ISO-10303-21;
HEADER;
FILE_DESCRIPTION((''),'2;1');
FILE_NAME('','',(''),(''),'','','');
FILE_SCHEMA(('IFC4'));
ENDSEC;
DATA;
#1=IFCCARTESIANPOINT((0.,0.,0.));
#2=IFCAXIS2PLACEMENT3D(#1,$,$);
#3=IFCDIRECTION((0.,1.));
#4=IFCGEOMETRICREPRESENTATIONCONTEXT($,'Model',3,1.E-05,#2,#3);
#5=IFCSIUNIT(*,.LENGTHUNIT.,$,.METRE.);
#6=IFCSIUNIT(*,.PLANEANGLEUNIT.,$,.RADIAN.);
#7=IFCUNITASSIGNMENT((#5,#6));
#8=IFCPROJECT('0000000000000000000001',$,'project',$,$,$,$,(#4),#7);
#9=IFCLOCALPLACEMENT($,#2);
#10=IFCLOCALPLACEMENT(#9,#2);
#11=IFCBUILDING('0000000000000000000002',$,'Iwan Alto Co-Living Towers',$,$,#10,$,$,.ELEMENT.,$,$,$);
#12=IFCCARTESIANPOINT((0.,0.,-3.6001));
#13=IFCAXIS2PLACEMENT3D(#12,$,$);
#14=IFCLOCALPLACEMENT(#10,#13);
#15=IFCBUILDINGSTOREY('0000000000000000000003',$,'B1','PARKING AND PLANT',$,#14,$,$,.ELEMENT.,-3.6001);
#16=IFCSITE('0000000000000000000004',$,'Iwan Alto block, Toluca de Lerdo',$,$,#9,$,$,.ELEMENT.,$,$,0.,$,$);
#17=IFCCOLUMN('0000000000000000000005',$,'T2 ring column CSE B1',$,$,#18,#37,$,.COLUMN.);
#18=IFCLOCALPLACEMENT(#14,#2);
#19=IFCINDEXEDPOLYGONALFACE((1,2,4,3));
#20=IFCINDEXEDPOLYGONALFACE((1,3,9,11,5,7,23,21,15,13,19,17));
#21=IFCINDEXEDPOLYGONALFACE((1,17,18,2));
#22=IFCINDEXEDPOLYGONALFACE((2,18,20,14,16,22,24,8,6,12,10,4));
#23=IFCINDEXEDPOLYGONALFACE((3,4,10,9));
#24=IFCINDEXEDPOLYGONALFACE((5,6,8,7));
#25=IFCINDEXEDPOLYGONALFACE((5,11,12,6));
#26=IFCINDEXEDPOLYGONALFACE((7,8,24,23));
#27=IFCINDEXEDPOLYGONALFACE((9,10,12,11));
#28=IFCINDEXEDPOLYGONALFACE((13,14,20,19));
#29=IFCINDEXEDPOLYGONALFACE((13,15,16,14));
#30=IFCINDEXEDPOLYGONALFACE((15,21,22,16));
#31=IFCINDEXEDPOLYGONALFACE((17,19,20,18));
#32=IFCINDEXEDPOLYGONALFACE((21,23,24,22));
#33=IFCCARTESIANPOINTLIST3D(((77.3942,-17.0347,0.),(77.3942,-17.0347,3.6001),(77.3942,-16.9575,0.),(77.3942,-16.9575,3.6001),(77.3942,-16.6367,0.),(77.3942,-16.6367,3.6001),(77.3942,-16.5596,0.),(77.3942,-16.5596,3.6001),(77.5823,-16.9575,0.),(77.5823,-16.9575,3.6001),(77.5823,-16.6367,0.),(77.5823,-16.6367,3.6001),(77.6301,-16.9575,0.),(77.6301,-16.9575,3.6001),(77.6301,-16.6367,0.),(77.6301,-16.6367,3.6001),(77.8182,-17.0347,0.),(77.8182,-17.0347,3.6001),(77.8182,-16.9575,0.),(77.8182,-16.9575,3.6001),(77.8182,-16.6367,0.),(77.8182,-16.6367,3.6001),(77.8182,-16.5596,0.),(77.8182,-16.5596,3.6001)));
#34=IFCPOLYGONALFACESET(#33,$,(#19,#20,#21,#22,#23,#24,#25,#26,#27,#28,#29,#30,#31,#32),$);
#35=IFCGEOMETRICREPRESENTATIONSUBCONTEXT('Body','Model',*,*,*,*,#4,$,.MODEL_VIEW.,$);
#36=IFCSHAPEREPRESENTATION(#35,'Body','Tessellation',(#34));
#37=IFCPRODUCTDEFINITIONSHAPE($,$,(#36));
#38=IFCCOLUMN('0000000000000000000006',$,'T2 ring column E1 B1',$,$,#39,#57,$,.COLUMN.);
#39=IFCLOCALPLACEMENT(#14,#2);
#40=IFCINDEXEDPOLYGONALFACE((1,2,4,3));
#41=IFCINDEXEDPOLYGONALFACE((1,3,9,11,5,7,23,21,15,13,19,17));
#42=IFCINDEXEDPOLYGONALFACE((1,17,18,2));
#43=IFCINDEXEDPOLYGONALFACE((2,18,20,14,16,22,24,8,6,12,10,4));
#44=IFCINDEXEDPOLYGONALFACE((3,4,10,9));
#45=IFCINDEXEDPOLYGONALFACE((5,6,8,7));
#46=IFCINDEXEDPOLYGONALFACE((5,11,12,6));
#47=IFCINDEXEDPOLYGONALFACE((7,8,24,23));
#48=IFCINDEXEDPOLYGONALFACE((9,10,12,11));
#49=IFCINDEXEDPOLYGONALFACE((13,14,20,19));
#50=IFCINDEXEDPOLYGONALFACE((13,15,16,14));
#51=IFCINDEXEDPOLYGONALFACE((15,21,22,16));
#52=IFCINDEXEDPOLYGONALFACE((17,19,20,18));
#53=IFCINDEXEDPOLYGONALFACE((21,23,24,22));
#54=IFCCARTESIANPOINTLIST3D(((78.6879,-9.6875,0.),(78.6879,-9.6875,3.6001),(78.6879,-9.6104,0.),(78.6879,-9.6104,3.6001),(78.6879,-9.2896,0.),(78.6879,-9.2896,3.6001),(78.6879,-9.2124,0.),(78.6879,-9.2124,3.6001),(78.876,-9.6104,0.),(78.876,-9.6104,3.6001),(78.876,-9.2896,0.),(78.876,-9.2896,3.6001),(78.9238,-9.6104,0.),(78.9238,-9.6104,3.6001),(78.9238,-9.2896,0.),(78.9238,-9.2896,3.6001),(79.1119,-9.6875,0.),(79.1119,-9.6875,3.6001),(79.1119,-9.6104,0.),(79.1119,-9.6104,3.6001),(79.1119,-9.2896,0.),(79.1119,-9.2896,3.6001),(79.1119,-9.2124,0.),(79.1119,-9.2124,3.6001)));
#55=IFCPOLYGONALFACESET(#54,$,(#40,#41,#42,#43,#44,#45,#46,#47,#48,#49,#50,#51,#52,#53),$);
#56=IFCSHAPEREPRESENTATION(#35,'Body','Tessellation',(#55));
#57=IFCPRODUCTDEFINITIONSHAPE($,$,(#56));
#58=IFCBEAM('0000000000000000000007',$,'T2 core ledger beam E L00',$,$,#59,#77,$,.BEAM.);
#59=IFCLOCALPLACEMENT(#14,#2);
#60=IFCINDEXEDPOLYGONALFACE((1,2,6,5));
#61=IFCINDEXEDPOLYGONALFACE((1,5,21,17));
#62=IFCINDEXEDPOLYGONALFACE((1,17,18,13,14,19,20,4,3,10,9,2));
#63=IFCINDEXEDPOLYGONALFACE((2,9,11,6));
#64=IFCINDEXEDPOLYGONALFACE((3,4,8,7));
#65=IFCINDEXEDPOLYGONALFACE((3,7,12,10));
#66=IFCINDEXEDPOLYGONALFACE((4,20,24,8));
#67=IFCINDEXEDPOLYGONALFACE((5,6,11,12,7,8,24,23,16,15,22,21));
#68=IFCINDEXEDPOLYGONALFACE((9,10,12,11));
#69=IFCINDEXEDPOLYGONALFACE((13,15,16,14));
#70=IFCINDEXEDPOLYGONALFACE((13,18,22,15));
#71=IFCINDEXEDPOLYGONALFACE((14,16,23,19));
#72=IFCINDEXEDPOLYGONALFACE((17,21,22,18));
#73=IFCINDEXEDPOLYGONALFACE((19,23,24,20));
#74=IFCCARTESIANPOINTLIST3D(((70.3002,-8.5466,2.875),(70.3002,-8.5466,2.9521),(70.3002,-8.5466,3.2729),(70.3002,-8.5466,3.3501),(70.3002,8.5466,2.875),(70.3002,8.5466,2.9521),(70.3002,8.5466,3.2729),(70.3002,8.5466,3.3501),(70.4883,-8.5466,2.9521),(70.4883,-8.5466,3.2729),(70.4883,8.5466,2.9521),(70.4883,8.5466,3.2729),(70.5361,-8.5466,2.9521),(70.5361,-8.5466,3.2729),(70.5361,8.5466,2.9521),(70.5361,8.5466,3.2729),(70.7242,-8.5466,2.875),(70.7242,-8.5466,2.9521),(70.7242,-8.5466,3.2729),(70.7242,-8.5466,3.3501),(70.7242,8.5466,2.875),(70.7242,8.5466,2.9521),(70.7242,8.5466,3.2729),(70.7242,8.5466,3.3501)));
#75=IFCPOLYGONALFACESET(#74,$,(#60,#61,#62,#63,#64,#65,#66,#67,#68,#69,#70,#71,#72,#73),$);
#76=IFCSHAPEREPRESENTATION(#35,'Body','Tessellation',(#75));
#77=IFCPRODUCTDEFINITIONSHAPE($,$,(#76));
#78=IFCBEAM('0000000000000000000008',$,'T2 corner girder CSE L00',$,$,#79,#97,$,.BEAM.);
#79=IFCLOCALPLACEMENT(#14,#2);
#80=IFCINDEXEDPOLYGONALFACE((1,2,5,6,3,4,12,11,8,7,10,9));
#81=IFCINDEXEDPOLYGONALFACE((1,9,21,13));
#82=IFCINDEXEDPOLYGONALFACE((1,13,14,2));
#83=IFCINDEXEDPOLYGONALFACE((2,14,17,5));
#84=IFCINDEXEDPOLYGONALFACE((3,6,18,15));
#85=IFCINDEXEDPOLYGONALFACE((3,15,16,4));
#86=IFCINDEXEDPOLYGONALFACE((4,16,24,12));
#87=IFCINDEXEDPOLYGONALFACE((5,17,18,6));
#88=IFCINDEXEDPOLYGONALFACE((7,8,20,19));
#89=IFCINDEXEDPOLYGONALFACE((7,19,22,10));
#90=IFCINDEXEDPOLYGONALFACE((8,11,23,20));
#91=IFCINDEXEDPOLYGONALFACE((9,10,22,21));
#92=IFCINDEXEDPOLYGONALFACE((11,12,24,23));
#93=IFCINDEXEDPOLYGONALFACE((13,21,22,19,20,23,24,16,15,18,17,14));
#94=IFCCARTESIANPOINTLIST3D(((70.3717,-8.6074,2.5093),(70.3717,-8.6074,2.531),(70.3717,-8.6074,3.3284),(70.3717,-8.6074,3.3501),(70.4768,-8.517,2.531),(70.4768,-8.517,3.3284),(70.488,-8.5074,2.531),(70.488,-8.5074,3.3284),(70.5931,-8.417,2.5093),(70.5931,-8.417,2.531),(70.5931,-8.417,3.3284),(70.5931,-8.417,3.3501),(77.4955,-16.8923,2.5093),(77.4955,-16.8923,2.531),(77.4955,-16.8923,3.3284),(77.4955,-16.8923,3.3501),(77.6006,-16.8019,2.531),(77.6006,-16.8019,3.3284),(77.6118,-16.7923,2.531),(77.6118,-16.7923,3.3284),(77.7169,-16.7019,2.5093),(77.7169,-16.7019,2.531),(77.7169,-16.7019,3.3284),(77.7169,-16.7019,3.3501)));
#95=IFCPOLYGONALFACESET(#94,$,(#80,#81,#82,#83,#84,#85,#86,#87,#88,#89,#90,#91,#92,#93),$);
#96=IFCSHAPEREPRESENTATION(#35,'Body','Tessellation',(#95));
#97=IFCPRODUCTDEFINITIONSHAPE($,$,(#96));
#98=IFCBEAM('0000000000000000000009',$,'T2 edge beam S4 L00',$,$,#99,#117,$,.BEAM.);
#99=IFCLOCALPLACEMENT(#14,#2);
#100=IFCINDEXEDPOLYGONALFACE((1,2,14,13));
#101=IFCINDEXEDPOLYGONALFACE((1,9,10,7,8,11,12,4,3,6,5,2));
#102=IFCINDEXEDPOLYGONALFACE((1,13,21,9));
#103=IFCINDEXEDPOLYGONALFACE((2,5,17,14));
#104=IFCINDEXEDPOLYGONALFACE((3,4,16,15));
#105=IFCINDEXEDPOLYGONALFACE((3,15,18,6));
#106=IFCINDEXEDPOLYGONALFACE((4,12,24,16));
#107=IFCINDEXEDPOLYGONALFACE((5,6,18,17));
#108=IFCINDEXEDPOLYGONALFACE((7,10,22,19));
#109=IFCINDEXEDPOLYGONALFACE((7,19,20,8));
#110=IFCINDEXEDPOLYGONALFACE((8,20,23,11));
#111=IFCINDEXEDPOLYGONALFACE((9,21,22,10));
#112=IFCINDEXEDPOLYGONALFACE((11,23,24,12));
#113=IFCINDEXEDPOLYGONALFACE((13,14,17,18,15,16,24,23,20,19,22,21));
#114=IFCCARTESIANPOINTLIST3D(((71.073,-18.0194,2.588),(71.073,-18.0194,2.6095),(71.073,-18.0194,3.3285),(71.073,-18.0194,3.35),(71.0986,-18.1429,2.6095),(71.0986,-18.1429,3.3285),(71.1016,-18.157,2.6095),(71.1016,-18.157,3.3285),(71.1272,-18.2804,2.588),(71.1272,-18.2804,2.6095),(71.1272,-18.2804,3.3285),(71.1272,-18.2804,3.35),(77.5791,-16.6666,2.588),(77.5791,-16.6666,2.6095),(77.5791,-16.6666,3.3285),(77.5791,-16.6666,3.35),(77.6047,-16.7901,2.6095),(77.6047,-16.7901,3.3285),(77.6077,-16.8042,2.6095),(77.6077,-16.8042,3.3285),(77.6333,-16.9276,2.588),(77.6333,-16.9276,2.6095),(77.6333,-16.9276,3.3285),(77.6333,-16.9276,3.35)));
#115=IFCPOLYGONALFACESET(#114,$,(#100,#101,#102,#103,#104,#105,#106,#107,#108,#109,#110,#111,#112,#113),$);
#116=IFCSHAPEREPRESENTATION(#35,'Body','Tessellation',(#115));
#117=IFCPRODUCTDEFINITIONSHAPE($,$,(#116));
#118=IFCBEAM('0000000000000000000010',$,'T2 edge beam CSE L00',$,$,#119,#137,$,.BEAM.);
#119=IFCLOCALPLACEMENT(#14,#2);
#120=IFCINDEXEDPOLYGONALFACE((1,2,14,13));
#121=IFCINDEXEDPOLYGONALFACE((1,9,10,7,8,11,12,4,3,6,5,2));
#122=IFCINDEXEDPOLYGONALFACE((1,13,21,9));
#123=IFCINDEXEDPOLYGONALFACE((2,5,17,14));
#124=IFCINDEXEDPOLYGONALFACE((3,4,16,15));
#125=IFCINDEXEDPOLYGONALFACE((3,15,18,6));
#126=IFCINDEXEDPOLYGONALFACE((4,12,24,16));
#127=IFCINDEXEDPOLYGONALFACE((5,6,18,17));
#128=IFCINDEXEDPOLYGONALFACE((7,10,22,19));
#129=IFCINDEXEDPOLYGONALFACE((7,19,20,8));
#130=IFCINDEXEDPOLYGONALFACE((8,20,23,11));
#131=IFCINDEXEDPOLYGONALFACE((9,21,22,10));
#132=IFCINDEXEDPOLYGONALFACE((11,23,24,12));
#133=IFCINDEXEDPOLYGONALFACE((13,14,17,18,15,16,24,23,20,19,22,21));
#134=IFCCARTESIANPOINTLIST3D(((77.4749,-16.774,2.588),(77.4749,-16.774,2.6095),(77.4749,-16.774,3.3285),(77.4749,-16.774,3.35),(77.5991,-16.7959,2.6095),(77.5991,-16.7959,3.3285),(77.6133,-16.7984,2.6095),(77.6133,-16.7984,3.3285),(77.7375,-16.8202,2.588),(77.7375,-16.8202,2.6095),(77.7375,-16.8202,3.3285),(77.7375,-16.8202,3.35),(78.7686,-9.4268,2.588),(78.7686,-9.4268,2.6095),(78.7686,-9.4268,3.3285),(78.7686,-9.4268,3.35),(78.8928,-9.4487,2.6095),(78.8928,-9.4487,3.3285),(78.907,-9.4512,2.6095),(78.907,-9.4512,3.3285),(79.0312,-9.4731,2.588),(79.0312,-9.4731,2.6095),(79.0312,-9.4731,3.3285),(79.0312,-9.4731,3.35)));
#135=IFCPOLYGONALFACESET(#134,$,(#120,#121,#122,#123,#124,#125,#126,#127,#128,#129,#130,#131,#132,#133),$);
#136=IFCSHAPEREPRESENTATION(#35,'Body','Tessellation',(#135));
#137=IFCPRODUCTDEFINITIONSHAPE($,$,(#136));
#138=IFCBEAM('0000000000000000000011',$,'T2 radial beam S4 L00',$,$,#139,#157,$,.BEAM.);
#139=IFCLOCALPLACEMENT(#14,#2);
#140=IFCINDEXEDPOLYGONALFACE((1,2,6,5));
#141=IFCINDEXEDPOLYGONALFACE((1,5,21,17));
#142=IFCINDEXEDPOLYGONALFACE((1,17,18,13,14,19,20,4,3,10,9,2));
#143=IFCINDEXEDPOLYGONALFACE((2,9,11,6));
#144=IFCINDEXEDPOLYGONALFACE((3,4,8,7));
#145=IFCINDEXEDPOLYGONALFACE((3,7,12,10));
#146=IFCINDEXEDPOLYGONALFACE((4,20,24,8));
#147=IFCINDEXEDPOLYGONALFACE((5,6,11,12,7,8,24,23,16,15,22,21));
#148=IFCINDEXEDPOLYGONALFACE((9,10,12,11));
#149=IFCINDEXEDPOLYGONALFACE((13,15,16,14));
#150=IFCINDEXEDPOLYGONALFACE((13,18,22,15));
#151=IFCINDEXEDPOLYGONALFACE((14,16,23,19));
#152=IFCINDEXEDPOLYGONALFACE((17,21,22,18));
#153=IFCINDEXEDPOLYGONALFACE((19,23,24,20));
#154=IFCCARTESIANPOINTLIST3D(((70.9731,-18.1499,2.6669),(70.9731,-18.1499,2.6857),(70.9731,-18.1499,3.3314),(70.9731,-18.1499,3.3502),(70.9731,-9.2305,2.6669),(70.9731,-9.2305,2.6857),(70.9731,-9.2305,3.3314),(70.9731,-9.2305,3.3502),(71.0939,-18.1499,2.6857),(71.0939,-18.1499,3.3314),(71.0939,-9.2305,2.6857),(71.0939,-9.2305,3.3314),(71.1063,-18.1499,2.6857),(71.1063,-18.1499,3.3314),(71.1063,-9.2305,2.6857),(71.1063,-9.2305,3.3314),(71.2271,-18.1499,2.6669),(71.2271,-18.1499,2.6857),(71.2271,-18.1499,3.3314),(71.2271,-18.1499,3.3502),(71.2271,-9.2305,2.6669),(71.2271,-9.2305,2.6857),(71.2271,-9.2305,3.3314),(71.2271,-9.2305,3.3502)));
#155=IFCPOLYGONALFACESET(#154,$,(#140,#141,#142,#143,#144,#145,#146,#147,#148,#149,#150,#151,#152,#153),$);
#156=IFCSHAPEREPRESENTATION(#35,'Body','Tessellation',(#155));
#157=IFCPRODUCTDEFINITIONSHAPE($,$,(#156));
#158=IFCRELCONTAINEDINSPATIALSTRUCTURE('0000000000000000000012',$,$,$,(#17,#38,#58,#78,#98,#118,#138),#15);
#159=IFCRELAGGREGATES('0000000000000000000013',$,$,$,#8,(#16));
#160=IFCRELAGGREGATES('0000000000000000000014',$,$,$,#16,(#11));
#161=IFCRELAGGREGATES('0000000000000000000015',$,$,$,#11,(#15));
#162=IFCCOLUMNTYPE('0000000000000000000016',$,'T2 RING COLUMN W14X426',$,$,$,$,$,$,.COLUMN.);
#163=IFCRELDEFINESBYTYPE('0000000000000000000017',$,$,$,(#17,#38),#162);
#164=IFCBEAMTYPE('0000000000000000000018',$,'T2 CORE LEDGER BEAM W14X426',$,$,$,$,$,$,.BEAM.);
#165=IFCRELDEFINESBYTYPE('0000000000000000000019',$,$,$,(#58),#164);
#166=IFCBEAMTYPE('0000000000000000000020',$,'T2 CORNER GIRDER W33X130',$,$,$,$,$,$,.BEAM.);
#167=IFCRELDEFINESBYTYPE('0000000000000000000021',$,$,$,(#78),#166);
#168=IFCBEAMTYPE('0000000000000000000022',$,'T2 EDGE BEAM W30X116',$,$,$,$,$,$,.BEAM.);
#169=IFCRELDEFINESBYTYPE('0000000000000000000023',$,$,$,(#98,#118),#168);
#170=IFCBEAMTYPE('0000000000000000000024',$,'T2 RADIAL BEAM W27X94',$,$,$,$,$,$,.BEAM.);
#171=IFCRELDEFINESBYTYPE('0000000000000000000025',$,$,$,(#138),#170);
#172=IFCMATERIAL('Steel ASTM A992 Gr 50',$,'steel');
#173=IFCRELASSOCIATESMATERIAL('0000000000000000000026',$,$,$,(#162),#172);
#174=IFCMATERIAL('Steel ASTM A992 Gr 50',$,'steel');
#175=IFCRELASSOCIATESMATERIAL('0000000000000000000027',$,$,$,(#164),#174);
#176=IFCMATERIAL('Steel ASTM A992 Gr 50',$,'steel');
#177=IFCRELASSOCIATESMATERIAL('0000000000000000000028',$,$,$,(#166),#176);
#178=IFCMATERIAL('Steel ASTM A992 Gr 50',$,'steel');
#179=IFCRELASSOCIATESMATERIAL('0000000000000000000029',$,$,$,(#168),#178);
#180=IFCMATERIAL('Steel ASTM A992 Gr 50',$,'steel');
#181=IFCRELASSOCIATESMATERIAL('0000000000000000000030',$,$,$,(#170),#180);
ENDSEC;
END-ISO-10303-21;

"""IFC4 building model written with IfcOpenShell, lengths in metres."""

from ifc_helpers import new_model, si_unit, direction, frame, origin, origin_2d, place, context, subcontext, project, spatial, i_section, extrude, material, material_profile, profile_set, type_object, element, save


model = new_model("IFC4")

# Units and contexts
model_context = context("Model", 3, precision=1e-05, world=origin(), true_north=direction((0.0, 1.0)))
body_context = subcontext(model_context, "Body", "Model", "MODEL_VIEW")
ifc_project = project(units=[si_unit("LENGTHUNIT", "METRE"), si_unit("PLANEANGLEUNIT", "RADIAN")], contexts=[model_context])

# Site, building, storey
site_placement = place(None, origin())
site = spatial("IfcSite", under=ifc_project, at=site_placement, Name="Iwan Alto block, Toluca de Lerdo", CompositionType="ELEMENT", RefElevation=0.0)
building_placement = place(site_placement, origin())
building = spatial("IfcBuilding", under=site, at=building_placement, Name="Iwan Alto Co-Living Towers", CompositionType="ELEMENT")
storey_placement = place(building_placement, frame((0.0, 0.0, -3.6001)))
storey = spatial("IfcBuildingStorey", under=building, at=storey_placement, Name="B1", Description="PARKING AND PLANT", CompositionType="ELEMENT", Elevation=-3.6001)

# Columns
ifc_material_1 = material(Name="Steel ASTM A992 Gr 50", Category="steel")
ifc_material_profile_1 = material_profile(ifc_material_1, i_section(OverallWidth=0.4241, OverallDepth=0.4751, WebThickness=0.0479, FlangeThickness=0.0771, at=origin_2d()), Name="W14X426")
ifc_profile_set_1 = profile_set([ifc_material_profile_1], Name="Steel ASTM A992 Gr 50")
column_type = type_object("IfcColumnType", Name="T2 RING COLUMN W14X426", PredefinedType="COLUMN", material=ifc_profile_set_1)
for number, where, z_axis, x_axis, name in (
    (1, (77.6062, -16.7971, 0.0), (0.0, 0.0, 1.0), (1.0, 0.0, 0.0), "T2 ring column CSE B1"),
    (2, (78.8999, -9.45, 0.0), (0.0, 0.0, 1.0), (1.0, 0.0, 0.0), "T2 ring column E1 B1"),
):
    element("IfcColumn", number, at=place(storey_placement, frame(where, z_axis=z_axis, x_axis=x_axis)), inside=storey, type_object=column_type, Name=name, PredefinedType="COLUMN", context=body_context, shape_type="SweptSolid", body=[
        extrude(i_section(OverallWidth=0.4241, OverallDepth=0.4751, WebThickness=0.0479, FlangeThickness=0.0771, at=origin_2d()), origin(), (0.0, 0.0, 1.0), 3.6001),
    ])

# Beams
ifc_material_2 = material(Name="Steel ASTM A992 Gr 50", Category="steel")
ifc_material_profile_2 = material_profile(ifc_material_2, i_section(OverallWidth=0.4241, OverallDepth=0.4751, WebThickness=0.0479, FlangeThickness=0.0771, at=origin_2d()), Name="W14X426")
ifc_profile_set_2 = profile_set([ifc_material_profile_2], Name="Steel ASTM A992 Gr 50")
beam_type_1 = type_object("IfcBeamType", Name="T2 CORE LEDGER BEAM W14X426", PredefinedType="BEAM", material=ifc_profile_set_2)
beam_1_placement = place(storey_placement, frame((70.5122, -8.5466, 3.1125), z_axis=(0.0, 1.0, 0.0), x_axis=(-1.0, 0.0, 0.0)))
element("IfcBeam", 3, at=beam_1_placement, inside=storey, type_object=beam_type_1, Name="T2 core ledger beam E L00", PredefinedType="BEAM", context=body_context, shape_type="SweptSolid", body=[
    extrude(i_section(OverallWidth=0.4241, OverallDepth=0.4751, WebThickness=0.0479, FlangeThickness=0.0771, at=origin_2d()), origin(), (0.0, 0.0, 1.0), 17.0933),
])
ifc_material_3 = material(Name="Steel ASTM A992 Gr 50", Category="steel")
ifc_material_profile_3 = material_profile(ifc_material_3, i_section(OverallWidth=0.292, OverallDepth=0.8408, WebThickness=0.0146, FlangeThickness=0.0217, at=origin_2d()), Name="W33X130")
ifc_profile_set_3 = profile_set([ifc_material_profile_3], Name="Steel ASTM A992 Gr 50")
beam_type_2 = type_object("IfcBeamType", Name="T2 CORNER GIRDER W33X130", PredefinedType="BEAM", material=ifc_profile_set_3)
beam_2_placement = place(storey_placement, frame((77.6062, -16.7971, 2.9297), z_axis=(-0.651974, 0.758242, 0.0), x_axis=(-0.758242, -0.651974, 0.0)))
element("IfcBeam", 4, at=beam_2_placement, inside=storey, type_object=beam_type_2, Name="T2 corner girder CSE L00", PredefinedType="BEAM", context=body_context, shape_type="SweptSolid", body=[
    extrude(i_section(OverallWidth=0.292, OverallDepth=0.8408, WebThickness=0.0146, FlangeThickness=0.0217, at=origin_2d()), origin(), (0.0, 0.0, 1.0), 10.9265),
])
ifc_material_4 = material(Name="Steel ASTM A992 Gr 50", Category="steel")
ifc_material_profile_4 = material_profile(ifc_material_4, i_section(OverallWidth=0.2666, OverallDepth=0.762, WebThickness=0.0144, FlangeThickness=0.0215, at=origin_2d()), Name="W30X116")
ifc_profile_set_4 = profile_set([ifc_material_profile_4], Name="Steel ASTM A992 Gr 50")
beam_type_3 = type_object("IfcBeamType", Name="T2 EDGE BEAM W30X116", PredefinedType="BEAM", material=ifc_profile_set_4)
beam_3_placement = place(storey_placement, frame((71.1001, -18.1499, 2.969), z_axis=(0.97906, 0.203571, 0.0), x_axis=(-0.203571, 0.97906, 0.0)))
element("IfcBeam", 5, at=beam_3_placement, inside=storey, type_object=beam_type_3, Name="T2 edge beam S4 L00", PredefinedType="BEAM", context=body_context, shape_type="SweptSolid", body=[
    extrude(i_section(OverallWidth=0.2666, OverallDepth=0.762, WebThickness=0.0144, FlangeThickness=0.0215, at=origin_2d()), origin(), (0.0, 0.0, 1.0), 6.6453),
])
beam_4_placement = place(storey_placement, frame((77.6062, -16.7971, 2.969), z_axis=(0.173414, 0.984849, 0.0), x_axis=(-0.984849, 0.173414, 0.0)))
element("IfcBeam", 6, at=beam_4_placement, inside=storey, type_object=beam_type_3, Name="T2 edge beam CSE L00", PredefinedType="BEAM", context=body_context, shape_type="SweptSolid", body=[
    extrude(i_section(OverallWidth=0.2666, OverallDepth=0.762, WebThickness=0.0144, FlangeThickness=0.0215, at=origin_2d()), origin(), (0.0, 0.0, 1.0), 7.4602),
])
ifc_material_5 = material(Name="Steel ASTM A992 Gr 50", Category="steel")
ifc_material_profile_5 = material_profile(ifc_material_5, i_section(OverallWidth=0.2539, OverallDepth=0.6833, WebThickness=0.0125, FlangeThickness=0.0188, at=origin_2d()), Name="W27X94")
ifc_profile_set_5 = profile_set([ifc_material_profile_5], Name="Steel ASTM A992 Gr 50")
beam_type_4 = type_object("IfcBeamType", Name="T2 RADIAL BEAM W27X94", PredefinedType="BEAM", material=ifc_profile_set_5)
beam_5_placement = place(storey_placement, frame((71.1001, -18.1499, 3.0085), z_axis=(0.0, 1.0, 0.0), x_axis=(-1.0, 0.0, 0.0)))
element("IfcBeam", 7, at=beam_5_placement, inside=storey, type_object=beam_type_4, Name="T2 radial beam S4 L00", PredefinedType="BEAM", context=body_context, shape_type="SweptSolid", body=[
    extrude(i_section(OverallWidth=0.2539, OverallDepth=0.6833, WebThickness=0.0125, FlangeThickness=0.0188, at=origin_2d()), origin(), (0.0, 0.0, 1.0), 8.9194),
])

save(model, "model.ifc")
